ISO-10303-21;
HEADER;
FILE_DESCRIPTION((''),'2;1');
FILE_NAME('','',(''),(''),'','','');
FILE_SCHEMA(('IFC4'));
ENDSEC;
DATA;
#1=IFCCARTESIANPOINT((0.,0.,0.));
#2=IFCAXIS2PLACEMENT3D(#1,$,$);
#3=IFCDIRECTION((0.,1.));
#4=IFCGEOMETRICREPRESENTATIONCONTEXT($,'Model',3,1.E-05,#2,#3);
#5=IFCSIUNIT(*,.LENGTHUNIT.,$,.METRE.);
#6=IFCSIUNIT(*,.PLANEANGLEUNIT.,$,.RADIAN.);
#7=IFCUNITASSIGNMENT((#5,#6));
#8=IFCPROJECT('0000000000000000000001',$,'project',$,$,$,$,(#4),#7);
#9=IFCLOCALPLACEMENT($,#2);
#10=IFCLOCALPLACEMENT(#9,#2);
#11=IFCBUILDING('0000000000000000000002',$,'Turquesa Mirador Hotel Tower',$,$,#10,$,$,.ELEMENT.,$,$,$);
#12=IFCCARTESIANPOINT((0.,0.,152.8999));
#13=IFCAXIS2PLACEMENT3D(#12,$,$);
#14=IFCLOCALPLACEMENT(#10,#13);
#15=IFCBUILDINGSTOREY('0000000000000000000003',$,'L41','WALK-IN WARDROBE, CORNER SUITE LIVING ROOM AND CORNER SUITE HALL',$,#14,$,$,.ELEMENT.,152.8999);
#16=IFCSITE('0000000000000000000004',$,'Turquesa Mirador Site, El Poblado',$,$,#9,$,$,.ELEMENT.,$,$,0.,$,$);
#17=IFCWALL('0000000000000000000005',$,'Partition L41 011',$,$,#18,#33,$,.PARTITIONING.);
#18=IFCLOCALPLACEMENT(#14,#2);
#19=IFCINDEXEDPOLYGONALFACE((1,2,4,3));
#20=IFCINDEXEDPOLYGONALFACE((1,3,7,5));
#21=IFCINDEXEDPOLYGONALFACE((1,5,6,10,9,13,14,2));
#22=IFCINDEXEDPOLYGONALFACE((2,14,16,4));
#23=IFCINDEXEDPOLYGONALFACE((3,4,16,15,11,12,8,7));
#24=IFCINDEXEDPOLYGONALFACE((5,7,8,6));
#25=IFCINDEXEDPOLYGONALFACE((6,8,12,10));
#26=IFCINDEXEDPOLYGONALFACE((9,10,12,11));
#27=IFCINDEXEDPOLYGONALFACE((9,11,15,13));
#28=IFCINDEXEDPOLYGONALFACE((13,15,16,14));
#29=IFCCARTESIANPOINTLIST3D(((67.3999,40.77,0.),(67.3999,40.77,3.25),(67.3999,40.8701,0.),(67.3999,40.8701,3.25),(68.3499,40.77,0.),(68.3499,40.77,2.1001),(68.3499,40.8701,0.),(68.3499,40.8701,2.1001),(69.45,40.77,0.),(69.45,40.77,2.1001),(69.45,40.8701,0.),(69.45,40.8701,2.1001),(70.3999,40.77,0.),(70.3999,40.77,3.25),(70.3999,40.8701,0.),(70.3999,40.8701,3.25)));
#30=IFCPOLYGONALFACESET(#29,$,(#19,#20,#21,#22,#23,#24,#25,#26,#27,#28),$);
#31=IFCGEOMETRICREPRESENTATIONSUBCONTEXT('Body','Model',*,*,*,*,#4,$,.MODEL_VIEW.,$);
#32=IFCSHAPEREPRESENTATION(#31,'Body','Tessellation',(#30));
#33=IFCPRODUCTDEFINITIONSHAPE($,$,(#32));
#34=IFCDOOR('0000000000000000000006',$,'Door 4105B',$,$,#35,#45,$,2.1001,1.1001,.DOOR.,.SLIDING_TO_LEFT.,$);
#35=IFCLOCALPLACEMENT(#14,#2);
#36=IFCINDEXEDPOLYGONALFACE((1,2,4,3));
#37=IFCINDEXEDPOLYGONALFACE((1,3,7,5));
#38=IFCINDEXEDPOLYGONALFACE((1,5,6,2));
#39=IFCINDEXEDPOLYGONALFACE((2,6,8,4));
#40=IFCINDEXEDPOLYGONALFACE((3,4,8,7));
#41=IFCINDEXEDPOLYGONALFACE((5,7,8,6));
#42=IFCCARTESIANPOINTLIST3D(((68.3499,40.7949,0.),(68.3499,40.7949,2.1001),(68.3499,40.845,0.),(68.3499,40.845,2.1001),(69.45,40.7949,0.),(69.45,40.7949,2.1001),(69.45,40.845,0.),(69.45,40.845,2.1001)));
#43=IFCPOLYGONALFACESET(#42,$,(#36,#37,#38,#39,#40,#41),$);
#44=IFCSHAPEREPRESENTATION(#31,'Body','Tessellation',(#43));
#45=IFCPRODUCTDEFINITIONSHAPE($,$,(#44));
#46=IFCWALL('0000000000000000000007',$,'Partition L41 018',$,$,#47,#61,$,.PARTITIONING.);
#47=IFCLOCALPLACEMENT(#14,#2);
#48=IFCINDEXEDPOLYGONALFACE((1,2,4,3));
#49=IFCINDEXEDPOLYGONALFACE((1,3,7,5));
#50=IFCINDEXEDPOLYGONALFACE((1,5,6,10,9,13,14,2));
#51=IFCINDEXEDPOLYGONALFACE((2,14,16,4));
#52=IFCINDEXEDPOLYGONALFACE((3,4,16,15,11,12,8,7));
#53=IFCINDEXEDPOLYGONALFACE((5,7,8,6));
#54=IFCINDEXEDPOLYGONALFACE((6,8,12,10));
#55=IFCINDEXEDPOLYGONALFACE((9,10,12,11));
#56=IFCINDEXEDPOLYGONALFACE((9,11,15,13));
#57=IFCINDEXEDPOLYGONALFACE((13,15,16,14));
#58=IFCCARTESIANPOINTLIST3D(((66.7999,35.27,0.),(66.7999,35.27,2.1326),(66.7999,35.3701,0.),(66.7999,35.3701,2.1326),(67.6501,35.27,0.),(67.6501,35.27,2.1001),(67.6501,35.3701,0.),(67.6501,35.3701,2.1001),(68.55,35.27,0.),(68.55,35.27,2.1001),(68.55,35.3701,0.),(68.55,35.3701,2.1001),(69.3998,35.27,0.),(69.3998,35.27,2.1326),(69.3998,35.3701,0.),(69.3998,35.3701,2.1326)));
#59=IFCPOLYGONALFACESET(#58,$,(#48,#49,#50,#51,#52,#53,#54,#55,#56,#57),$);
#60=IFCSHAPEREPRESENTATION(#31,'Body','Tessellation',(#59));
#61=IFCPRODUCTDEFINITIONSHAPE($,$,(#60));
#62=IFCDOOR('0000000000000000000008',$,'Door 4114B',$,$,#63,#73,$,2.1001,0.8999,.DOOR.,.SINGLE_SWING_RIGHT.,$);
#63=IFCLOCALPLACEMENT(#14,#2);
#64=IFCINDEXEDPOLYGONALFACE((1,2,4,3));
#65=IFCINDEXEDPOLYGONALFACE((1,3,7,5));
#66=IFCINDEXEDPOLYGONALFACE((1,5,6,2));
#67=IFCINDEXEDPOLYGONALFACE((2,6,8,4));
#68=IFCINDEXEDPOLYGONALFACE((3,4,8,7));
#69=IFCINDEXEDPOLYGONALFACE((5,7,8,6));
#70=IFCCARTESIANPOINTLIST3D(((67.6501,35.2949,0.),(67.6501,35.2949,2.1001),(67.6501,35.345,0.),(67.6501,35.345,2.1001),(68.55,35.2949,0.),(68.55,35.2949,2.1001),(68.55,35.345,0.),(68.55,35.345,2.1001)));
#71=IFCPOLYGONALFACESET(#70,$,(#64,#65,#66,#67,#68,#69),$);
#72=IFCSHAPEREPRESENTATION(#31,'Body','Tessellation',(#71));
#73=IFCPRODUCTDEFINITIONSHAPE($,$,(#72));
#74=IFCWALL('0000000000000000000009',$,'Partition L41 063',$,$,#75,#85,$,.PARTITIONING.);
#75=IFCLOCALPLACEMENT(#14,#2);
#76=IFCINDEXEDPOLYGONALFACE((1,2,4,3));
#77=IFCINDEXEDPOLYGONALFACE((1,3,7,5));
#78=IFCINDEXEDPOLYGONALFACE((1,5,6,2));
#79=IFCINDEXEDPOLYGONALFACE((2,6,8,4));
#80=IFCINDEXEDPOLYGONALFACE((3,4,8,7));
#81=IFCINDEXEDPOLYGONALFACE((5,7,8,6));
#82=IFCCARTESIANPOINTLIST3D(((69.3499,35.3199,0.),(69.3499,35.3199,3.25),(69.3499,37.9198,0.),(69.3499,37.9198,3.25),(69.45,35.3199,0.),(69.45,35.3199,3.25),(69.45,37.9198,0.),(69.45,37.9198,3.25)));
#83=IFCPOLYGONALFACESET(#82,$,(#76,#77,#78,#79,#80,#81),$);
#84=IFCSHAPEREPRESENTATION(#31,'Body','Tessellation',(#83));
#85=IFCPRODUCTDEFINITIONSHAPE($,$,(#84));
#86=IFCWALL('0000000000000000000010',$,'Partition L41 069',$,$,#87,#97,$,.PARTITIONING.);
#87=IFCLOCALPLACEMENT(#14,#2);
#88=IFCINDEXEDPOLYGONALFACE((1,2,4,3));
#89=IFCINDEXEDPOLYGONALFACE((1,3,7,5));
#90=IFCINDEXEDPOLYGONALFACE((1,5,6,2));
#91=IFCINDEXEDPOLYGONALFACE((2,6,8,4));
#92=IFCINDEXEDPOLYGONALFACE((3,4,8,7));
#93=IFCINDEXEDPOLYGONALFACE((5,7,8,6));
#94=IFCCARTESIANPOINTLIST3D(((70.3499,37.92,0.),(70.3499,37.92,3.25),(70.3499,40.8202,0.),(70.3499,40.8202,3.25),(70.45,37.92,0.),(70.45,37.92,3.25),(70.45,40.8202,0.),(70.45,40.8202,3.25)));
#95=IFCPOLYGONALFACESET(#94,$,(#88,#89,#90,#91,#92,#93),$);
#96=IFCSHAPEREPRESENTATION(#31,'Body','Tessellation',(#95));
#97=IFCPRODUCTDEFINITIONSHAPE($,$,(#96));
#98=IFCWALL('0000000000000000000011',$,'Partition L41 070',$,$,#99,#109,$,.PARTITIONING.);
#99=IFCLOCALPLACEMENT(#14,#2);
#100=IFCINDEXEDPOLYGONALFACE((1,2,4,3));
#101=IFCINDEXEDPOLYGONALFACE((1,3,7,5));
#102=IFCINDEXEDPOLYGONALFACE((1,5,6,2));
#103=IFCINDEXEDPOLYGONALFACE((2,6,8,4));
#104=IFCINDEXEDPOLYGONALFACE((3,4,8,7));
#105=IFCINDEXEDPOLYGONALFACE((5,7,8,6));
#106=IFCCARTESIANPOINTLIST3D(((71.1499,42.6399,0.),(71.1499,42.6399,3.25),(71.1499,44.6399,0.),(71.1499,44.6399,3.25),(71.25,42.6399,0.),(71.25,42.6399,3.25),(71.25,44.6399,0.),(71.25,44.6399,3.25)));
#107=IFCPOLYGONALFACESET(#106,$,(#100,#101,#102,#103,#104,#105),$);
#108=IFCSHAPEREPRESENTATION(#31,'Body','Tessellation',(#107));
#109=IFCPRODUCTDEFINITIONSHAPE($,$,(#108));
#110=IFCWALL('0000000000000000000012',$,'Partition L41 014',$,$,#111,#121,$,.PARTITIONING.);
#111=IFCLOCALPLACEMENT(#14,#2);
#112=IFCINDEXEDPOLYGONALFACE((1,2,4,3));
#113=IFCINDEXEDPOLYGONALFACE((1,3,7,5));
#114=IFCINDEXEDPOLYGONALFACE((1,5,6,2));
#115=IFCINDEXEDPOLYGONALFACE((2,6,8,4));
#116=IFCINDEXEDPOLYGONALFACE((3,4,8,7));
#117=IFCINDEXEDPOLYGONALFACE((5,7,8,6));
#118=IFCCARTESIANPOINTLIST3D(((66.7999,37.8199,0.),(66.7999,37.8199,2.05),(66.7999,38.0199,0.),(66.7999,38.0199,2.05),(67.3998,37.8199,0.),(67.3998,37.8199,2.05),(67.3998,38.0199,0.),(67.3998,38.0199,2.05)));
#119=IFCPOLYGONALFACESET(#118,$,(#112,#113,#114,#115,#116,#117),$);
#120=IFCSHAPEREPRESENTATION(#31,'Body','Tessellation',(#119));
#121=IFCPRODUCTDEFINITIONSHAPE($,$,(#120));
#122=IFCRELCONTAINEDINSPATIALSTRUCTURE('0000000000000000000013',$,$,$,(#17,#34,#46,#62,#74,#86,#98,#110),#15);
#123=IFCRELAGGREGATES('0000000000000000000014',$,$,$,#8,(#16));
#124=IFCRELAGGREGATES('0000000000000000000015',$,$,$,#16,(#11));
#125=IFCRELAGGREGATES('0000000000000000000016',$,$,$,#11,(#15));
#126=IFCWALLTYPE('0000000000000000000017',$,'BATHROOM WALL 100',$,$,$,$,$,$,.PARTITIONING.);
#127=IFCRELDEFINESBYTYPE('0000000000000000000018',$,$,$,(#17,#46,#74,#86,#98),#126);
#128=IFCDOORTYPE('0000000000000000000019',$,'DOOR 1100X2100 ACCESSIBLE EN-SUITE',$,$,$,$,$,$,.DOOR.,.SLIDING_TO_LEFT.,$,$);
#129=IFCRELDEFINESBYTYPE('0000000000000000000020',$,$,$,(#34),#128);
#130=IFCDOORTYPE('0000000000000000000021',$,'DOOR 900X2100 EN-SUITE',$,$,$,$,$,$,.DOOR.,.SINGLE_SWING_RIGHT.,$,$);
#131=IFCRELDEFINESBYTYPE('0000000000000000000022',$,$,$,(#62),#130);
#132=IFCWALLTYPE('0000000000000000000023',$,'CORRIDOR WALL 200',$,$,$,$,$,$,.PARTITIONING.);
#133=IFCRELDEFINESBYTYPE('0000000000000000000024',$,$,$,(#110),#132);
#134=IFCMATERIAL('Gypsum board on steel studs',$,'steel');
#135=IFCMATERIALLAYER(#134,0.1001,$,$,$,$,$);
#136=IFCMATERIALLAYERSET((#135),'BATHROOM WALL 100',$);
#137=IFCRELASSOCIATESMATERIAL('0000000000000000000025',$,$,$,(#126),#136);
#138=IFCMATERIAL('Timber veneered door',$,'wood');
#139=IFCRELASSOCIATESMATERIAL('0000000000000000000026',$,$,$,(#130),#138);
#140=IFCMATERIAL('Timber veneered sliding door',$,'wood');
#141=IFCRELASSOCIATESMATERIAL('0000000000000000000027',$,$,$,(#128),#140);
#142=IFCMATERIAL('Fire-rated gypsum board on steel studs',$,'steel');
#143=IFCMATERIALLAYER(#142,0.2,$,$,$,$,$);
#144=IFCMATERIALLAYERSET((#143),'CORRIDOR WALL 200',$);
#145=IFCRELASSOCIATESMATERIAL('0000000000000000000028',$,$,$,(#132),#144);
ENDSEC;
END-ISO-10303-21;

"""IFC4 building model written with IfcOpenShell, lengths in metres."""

from ifc_helpers import new_model, si_unit, direction, frame, frame_2d, origin, place, context, subcontext, project, spatial, rectangle, extrude, material, layer, layer_set, type_object, element, fill, save


model = new_model("IFC4")

# Units and contexts
model_context = context("Model", 3, precision=1e-05, world=origin(), true_north=direction((0.0, 1.0)))
body_context = subcontext(model_context, "Body", "Model", "MODEL_VIEW")
ifc_project = project(units=[si_unit("LENGTHUNIT", "METRE"), si_unit("PLANEANGLEUNIT", "RADIAN")], contexts=[model_context])

# Site, building, storey
site_placement = place(None, origin())
site = spatial("IfcSite", under=ifc_project, at=site_placement, Name="Turquesa Mirador Site, El Poblado", CompositionType="ELEMENT", RefElevation=0.0)
building_placement = place(site_placement, origin())
building = spatial("IfcBuilding", under=site, at=building_placement, Name="Turquesa Mirador Hotel Tower", CompositionType="ELEMENT")
storey_placement = place(building_placement, frame((0.0, 0.0, 152.8999)))
storey = spatial("IfcBuildingStorey", under=building, at=storey_placement, Name="L41", Description="WALK-IN WARDROBE, CORNER SUITE LIVING ROOM AND CORNER SUITE HALL", CompositionType="ELEMENT", Elevation=152.8999)

# Walls, openings, doors
ifc_material_1 = material(Name="Gypsum board on steel studs", Category="steel")
ifc_layer_1 = layer(ifc_material_1, 0.1001)
ifc_layer_set_1 = layer_set([ifc_layer_1], Name="BATHROOM WALL 100")
wall_type_1 = type_object("IfcWallType", Name="BATHROOM WALL 100", PredefinedType="PARTITIONING", material=ifc_layer_set_1)
ifc_material_2 = material(Name="Timber veneered door", Category="wood")
door_type_1 = type_object("IfcDoorType", Name="DOOR 900X2100 EN-SUITE", OperationType="SINGLE_SWING_RIGHT", PredefinedType="DOOR", material=ifc_material_2)
wall_1_placement = place(storey_placement, frame((67.3999, 40.8201, 0.0), z_axis=(0.0, 0.0, 1.0), x_axis=(1.0, 0.0, 0.0)))
wall_1 = element("IfcWall", 1, at=wall_1_placement, inside=storey, type_object=wall_type_1, Name="Partition L41 011", PredefinedType="PARTITIONING", context=body_context, shape_type="SweptSolid", body=[
    extrude(rectangle(XDim=3.0, YDim=0.1001, at=frame_2d((1.5, 0.0))), origin(), (0.0, 0.0, 1.0), 3.25),
])
opening_1_placement = place(wall_1_placement, frame((0.95, 0.0, 0.0)))
opening_1 = element("IfcOpeningElement", 2, at=opening_1_placement, cuts=wall_1, PredefinedType="OPENING", context=body_context, shape_type="SweptSolid", body=[
    extrude(rectangle(XDim=1.1001, YDim=2.1001, at=frame_2d((0.55, 1.05))), frame((0.0, 0.0601, 0.0), z_axis=(0.0, -1.0, 0.0), x_axis=(1.0, 0.0, 0.0)), (0.0, 0.0, 1.0), 0.1201),
])
ifc_material_3 = material(Name="Timber veneered sliding door", Category="wood")
door_type_2 = type_object("IfcDoorType", Name="DOOR 1100X2100 ACCESSIBLE EN-SUITE", OperationType="SLIDING_TO_LEFT", PredefinedType="DOOR", material=ifc_material_3)
door_1_placement = place(opening_1_placement, origin())
door_1 = element("IfcDoor", 3, at=door_1_placement, inside=storey, type_object=door_type_2, Name="Door 4105B", OperationType="SLIDING_TO_LEFT", OverallHeight=2.1001, OverallWidth=1.1001, PredefinedType="DOOR", context=body_context, shape_type="SweptSolid", body=[
    extrude(rectangle(XDim=1.1001, YDim=2.1001, at=frame_2d((0.55, 1.05))), frame((0.0, 0.0249, 0.0), z_axis=(0.0, -1.0, 0.0), x_axis=(1.0, 0.0, 0.0)), (0.0, 0.0, 1.0), 0.05),
])
fill(opening_1, door_1)
wall_2_placement = place(storey_placement, frame((66.8, 35.3201, 0.0), z_axis=(0.0, 0.0, 1.0), x_axis=(1.0, 0.0, 0.0)))
wall_2 = element("IfcWall", 4, at=wall_2_placement, inside=storey, type_object=wall_type_1, Name="Partition L41 018", PredefinedType="PARTITIONING", context=body_context, shape_type="SweptSolid", body=[
    extrude(rectangle(XDim=2.5999, YDim=0.1001, at=frame_2d((1.2998, 0.0))), origin(), (0.0, 0.0, 1.0), 2.1326),
])
opening_2_placement = place(wall_2_placement, frame((0.8501, 0.0, 0.0)))
opening_2 = element("IfcOpeningElement", 5, at=opening_2_placement, cuts=wall_2, PredefinedType="OPENING", context=body_context, shape_type="SweptSolid", body=[
    extrude(rectangle(XDim=0.8999, YDim=2.1001, at=frame_2d((0.45, 1.05))), frame((0.0, 0.0601, 0.0), z_axis=(0.0, -1.0, 0.0), x_axis=(1.0, 0.0, 0.0)), (0.0, 0.0, 1.0), 0.1201),
])
door_2_placement = place(opening_2_placement, origin())
door_2 = element("IfcDoor", 6, at=door_2_placement, inside=storey, type_object=door_type_1, Name="Door 4114B", OperationType="SINGLE_SWING_RIGHT", OverallHeight=2.1001, OverallWidth=0.8999, PredefinedType="DOOR", context=body_context, shape_type="SweptSolid", body=[
    extrude(rectangle(XDim=0.8999, YDim=2.1001, at=frame_2d((0.45, 1.05))), frame((0.0, 0.0249, 0.0), z_axis=(0.0, -1.0, 0.0), x_axis=(1.0, 0.0, 0.0)), (0.0, 0.0, 1.0), 0.05),
])
fill(opening_2, door_2)

# Walls
wall_3_placement = place(storey_placement, frame((69.3999, 35.3201, 0.0), z_axis=(0.0, 0.0, 1.0), x_axis=(0.0, 1.0, 0.0)))
element("IfcWall", 7, at=wall_3_placement, inside=storey, type_object=wall_type_1, Name="Partition L41 063", PredefinedType="PARTITIONING", context=body_context, shape_type="SweptSolid", body=[
    extrude(rectangle(XDim=2.5999, YDim=0.1001, at=frame_2d((1.2998, 0.0))), origin(), (0.0, 0.0, 1.0), 3.25),
])
wall_4_placement = place(storey_placement, frame((70.3999, 37.9199, 0.0), z_axis=(0.0, 0.0, 1.0), x_axis=(0.0, 1.0, 0.0)))
element("IfcWall", 8, at=wall_4_placement, inside=storey, type_object=wall_type_1, Name="Partition L41 069", PredefinedType="PARTITIONING", context=body_context, shape_type="SweptSolid", body=[
    extrude(rectangle(XDim=2.9001, YDim=0.1001, at=frame_2d((1.4502, 0.0))), origin(), (0.0, 0.0, 1.0), 3.25),
])
wall_5_placement = place(storey_placement, frame((71.2, 42.6399, 0.0), z_axis=(0.0, 0.0, 1.0), x_axis=(0.0, 1.0, 0.0)))
element("IfcWall", 9, at=wall_5_placement, inside=storey, type_object=wall_type_1, Name="Partition L41 070", PredefinedType="PARTITIONING", context=body_context, shape_type="SweptSolid", body=[
    extrude(rectangle(XDim=2.0, YDim=0.1001, at=frame_2d((1.0, 0.0))), origin(), (0.0, 0.0, 1.0), 3.25),
])
ifc_material_4 = material(Name="Fire-rated gypsum board on steel studs", Category="steel")
ifc_layer_2 = layer(ifc_material_4, 0.2)
ifc_layer_set_2 = layer_set([ifc_layer_2], Name="CORRIDOR WALL 200")
wall_type_2 = type_object("IfcWallType", Name="CORRIDOR WALL 200", PredefinedType="PARTITIONING", material=ifc_layer_set_2)
wall_6_placement = place(storey_placement, frame((66.8, 37.9199, 0.0), z_axis=(0.0, 0.0, 1.0), x_axis=(1.0, 0.0, 0.0)))
element("IfcWall", 10, at=wall_6_placement, inside=storey, type_object=wall_type_2, Name="Partition L41 014", PredefinedType="PARTITIONING", context=body_context, shape_type="SweptSolid", body=[
    extrude(rectangle(XDim=0.5999, YDim=0.2, at=frame_2d((0.2998, 0.0))), origin(), (0.0, 0.0, 1.0), 2.05),
])

save(model, "model.ifc")
